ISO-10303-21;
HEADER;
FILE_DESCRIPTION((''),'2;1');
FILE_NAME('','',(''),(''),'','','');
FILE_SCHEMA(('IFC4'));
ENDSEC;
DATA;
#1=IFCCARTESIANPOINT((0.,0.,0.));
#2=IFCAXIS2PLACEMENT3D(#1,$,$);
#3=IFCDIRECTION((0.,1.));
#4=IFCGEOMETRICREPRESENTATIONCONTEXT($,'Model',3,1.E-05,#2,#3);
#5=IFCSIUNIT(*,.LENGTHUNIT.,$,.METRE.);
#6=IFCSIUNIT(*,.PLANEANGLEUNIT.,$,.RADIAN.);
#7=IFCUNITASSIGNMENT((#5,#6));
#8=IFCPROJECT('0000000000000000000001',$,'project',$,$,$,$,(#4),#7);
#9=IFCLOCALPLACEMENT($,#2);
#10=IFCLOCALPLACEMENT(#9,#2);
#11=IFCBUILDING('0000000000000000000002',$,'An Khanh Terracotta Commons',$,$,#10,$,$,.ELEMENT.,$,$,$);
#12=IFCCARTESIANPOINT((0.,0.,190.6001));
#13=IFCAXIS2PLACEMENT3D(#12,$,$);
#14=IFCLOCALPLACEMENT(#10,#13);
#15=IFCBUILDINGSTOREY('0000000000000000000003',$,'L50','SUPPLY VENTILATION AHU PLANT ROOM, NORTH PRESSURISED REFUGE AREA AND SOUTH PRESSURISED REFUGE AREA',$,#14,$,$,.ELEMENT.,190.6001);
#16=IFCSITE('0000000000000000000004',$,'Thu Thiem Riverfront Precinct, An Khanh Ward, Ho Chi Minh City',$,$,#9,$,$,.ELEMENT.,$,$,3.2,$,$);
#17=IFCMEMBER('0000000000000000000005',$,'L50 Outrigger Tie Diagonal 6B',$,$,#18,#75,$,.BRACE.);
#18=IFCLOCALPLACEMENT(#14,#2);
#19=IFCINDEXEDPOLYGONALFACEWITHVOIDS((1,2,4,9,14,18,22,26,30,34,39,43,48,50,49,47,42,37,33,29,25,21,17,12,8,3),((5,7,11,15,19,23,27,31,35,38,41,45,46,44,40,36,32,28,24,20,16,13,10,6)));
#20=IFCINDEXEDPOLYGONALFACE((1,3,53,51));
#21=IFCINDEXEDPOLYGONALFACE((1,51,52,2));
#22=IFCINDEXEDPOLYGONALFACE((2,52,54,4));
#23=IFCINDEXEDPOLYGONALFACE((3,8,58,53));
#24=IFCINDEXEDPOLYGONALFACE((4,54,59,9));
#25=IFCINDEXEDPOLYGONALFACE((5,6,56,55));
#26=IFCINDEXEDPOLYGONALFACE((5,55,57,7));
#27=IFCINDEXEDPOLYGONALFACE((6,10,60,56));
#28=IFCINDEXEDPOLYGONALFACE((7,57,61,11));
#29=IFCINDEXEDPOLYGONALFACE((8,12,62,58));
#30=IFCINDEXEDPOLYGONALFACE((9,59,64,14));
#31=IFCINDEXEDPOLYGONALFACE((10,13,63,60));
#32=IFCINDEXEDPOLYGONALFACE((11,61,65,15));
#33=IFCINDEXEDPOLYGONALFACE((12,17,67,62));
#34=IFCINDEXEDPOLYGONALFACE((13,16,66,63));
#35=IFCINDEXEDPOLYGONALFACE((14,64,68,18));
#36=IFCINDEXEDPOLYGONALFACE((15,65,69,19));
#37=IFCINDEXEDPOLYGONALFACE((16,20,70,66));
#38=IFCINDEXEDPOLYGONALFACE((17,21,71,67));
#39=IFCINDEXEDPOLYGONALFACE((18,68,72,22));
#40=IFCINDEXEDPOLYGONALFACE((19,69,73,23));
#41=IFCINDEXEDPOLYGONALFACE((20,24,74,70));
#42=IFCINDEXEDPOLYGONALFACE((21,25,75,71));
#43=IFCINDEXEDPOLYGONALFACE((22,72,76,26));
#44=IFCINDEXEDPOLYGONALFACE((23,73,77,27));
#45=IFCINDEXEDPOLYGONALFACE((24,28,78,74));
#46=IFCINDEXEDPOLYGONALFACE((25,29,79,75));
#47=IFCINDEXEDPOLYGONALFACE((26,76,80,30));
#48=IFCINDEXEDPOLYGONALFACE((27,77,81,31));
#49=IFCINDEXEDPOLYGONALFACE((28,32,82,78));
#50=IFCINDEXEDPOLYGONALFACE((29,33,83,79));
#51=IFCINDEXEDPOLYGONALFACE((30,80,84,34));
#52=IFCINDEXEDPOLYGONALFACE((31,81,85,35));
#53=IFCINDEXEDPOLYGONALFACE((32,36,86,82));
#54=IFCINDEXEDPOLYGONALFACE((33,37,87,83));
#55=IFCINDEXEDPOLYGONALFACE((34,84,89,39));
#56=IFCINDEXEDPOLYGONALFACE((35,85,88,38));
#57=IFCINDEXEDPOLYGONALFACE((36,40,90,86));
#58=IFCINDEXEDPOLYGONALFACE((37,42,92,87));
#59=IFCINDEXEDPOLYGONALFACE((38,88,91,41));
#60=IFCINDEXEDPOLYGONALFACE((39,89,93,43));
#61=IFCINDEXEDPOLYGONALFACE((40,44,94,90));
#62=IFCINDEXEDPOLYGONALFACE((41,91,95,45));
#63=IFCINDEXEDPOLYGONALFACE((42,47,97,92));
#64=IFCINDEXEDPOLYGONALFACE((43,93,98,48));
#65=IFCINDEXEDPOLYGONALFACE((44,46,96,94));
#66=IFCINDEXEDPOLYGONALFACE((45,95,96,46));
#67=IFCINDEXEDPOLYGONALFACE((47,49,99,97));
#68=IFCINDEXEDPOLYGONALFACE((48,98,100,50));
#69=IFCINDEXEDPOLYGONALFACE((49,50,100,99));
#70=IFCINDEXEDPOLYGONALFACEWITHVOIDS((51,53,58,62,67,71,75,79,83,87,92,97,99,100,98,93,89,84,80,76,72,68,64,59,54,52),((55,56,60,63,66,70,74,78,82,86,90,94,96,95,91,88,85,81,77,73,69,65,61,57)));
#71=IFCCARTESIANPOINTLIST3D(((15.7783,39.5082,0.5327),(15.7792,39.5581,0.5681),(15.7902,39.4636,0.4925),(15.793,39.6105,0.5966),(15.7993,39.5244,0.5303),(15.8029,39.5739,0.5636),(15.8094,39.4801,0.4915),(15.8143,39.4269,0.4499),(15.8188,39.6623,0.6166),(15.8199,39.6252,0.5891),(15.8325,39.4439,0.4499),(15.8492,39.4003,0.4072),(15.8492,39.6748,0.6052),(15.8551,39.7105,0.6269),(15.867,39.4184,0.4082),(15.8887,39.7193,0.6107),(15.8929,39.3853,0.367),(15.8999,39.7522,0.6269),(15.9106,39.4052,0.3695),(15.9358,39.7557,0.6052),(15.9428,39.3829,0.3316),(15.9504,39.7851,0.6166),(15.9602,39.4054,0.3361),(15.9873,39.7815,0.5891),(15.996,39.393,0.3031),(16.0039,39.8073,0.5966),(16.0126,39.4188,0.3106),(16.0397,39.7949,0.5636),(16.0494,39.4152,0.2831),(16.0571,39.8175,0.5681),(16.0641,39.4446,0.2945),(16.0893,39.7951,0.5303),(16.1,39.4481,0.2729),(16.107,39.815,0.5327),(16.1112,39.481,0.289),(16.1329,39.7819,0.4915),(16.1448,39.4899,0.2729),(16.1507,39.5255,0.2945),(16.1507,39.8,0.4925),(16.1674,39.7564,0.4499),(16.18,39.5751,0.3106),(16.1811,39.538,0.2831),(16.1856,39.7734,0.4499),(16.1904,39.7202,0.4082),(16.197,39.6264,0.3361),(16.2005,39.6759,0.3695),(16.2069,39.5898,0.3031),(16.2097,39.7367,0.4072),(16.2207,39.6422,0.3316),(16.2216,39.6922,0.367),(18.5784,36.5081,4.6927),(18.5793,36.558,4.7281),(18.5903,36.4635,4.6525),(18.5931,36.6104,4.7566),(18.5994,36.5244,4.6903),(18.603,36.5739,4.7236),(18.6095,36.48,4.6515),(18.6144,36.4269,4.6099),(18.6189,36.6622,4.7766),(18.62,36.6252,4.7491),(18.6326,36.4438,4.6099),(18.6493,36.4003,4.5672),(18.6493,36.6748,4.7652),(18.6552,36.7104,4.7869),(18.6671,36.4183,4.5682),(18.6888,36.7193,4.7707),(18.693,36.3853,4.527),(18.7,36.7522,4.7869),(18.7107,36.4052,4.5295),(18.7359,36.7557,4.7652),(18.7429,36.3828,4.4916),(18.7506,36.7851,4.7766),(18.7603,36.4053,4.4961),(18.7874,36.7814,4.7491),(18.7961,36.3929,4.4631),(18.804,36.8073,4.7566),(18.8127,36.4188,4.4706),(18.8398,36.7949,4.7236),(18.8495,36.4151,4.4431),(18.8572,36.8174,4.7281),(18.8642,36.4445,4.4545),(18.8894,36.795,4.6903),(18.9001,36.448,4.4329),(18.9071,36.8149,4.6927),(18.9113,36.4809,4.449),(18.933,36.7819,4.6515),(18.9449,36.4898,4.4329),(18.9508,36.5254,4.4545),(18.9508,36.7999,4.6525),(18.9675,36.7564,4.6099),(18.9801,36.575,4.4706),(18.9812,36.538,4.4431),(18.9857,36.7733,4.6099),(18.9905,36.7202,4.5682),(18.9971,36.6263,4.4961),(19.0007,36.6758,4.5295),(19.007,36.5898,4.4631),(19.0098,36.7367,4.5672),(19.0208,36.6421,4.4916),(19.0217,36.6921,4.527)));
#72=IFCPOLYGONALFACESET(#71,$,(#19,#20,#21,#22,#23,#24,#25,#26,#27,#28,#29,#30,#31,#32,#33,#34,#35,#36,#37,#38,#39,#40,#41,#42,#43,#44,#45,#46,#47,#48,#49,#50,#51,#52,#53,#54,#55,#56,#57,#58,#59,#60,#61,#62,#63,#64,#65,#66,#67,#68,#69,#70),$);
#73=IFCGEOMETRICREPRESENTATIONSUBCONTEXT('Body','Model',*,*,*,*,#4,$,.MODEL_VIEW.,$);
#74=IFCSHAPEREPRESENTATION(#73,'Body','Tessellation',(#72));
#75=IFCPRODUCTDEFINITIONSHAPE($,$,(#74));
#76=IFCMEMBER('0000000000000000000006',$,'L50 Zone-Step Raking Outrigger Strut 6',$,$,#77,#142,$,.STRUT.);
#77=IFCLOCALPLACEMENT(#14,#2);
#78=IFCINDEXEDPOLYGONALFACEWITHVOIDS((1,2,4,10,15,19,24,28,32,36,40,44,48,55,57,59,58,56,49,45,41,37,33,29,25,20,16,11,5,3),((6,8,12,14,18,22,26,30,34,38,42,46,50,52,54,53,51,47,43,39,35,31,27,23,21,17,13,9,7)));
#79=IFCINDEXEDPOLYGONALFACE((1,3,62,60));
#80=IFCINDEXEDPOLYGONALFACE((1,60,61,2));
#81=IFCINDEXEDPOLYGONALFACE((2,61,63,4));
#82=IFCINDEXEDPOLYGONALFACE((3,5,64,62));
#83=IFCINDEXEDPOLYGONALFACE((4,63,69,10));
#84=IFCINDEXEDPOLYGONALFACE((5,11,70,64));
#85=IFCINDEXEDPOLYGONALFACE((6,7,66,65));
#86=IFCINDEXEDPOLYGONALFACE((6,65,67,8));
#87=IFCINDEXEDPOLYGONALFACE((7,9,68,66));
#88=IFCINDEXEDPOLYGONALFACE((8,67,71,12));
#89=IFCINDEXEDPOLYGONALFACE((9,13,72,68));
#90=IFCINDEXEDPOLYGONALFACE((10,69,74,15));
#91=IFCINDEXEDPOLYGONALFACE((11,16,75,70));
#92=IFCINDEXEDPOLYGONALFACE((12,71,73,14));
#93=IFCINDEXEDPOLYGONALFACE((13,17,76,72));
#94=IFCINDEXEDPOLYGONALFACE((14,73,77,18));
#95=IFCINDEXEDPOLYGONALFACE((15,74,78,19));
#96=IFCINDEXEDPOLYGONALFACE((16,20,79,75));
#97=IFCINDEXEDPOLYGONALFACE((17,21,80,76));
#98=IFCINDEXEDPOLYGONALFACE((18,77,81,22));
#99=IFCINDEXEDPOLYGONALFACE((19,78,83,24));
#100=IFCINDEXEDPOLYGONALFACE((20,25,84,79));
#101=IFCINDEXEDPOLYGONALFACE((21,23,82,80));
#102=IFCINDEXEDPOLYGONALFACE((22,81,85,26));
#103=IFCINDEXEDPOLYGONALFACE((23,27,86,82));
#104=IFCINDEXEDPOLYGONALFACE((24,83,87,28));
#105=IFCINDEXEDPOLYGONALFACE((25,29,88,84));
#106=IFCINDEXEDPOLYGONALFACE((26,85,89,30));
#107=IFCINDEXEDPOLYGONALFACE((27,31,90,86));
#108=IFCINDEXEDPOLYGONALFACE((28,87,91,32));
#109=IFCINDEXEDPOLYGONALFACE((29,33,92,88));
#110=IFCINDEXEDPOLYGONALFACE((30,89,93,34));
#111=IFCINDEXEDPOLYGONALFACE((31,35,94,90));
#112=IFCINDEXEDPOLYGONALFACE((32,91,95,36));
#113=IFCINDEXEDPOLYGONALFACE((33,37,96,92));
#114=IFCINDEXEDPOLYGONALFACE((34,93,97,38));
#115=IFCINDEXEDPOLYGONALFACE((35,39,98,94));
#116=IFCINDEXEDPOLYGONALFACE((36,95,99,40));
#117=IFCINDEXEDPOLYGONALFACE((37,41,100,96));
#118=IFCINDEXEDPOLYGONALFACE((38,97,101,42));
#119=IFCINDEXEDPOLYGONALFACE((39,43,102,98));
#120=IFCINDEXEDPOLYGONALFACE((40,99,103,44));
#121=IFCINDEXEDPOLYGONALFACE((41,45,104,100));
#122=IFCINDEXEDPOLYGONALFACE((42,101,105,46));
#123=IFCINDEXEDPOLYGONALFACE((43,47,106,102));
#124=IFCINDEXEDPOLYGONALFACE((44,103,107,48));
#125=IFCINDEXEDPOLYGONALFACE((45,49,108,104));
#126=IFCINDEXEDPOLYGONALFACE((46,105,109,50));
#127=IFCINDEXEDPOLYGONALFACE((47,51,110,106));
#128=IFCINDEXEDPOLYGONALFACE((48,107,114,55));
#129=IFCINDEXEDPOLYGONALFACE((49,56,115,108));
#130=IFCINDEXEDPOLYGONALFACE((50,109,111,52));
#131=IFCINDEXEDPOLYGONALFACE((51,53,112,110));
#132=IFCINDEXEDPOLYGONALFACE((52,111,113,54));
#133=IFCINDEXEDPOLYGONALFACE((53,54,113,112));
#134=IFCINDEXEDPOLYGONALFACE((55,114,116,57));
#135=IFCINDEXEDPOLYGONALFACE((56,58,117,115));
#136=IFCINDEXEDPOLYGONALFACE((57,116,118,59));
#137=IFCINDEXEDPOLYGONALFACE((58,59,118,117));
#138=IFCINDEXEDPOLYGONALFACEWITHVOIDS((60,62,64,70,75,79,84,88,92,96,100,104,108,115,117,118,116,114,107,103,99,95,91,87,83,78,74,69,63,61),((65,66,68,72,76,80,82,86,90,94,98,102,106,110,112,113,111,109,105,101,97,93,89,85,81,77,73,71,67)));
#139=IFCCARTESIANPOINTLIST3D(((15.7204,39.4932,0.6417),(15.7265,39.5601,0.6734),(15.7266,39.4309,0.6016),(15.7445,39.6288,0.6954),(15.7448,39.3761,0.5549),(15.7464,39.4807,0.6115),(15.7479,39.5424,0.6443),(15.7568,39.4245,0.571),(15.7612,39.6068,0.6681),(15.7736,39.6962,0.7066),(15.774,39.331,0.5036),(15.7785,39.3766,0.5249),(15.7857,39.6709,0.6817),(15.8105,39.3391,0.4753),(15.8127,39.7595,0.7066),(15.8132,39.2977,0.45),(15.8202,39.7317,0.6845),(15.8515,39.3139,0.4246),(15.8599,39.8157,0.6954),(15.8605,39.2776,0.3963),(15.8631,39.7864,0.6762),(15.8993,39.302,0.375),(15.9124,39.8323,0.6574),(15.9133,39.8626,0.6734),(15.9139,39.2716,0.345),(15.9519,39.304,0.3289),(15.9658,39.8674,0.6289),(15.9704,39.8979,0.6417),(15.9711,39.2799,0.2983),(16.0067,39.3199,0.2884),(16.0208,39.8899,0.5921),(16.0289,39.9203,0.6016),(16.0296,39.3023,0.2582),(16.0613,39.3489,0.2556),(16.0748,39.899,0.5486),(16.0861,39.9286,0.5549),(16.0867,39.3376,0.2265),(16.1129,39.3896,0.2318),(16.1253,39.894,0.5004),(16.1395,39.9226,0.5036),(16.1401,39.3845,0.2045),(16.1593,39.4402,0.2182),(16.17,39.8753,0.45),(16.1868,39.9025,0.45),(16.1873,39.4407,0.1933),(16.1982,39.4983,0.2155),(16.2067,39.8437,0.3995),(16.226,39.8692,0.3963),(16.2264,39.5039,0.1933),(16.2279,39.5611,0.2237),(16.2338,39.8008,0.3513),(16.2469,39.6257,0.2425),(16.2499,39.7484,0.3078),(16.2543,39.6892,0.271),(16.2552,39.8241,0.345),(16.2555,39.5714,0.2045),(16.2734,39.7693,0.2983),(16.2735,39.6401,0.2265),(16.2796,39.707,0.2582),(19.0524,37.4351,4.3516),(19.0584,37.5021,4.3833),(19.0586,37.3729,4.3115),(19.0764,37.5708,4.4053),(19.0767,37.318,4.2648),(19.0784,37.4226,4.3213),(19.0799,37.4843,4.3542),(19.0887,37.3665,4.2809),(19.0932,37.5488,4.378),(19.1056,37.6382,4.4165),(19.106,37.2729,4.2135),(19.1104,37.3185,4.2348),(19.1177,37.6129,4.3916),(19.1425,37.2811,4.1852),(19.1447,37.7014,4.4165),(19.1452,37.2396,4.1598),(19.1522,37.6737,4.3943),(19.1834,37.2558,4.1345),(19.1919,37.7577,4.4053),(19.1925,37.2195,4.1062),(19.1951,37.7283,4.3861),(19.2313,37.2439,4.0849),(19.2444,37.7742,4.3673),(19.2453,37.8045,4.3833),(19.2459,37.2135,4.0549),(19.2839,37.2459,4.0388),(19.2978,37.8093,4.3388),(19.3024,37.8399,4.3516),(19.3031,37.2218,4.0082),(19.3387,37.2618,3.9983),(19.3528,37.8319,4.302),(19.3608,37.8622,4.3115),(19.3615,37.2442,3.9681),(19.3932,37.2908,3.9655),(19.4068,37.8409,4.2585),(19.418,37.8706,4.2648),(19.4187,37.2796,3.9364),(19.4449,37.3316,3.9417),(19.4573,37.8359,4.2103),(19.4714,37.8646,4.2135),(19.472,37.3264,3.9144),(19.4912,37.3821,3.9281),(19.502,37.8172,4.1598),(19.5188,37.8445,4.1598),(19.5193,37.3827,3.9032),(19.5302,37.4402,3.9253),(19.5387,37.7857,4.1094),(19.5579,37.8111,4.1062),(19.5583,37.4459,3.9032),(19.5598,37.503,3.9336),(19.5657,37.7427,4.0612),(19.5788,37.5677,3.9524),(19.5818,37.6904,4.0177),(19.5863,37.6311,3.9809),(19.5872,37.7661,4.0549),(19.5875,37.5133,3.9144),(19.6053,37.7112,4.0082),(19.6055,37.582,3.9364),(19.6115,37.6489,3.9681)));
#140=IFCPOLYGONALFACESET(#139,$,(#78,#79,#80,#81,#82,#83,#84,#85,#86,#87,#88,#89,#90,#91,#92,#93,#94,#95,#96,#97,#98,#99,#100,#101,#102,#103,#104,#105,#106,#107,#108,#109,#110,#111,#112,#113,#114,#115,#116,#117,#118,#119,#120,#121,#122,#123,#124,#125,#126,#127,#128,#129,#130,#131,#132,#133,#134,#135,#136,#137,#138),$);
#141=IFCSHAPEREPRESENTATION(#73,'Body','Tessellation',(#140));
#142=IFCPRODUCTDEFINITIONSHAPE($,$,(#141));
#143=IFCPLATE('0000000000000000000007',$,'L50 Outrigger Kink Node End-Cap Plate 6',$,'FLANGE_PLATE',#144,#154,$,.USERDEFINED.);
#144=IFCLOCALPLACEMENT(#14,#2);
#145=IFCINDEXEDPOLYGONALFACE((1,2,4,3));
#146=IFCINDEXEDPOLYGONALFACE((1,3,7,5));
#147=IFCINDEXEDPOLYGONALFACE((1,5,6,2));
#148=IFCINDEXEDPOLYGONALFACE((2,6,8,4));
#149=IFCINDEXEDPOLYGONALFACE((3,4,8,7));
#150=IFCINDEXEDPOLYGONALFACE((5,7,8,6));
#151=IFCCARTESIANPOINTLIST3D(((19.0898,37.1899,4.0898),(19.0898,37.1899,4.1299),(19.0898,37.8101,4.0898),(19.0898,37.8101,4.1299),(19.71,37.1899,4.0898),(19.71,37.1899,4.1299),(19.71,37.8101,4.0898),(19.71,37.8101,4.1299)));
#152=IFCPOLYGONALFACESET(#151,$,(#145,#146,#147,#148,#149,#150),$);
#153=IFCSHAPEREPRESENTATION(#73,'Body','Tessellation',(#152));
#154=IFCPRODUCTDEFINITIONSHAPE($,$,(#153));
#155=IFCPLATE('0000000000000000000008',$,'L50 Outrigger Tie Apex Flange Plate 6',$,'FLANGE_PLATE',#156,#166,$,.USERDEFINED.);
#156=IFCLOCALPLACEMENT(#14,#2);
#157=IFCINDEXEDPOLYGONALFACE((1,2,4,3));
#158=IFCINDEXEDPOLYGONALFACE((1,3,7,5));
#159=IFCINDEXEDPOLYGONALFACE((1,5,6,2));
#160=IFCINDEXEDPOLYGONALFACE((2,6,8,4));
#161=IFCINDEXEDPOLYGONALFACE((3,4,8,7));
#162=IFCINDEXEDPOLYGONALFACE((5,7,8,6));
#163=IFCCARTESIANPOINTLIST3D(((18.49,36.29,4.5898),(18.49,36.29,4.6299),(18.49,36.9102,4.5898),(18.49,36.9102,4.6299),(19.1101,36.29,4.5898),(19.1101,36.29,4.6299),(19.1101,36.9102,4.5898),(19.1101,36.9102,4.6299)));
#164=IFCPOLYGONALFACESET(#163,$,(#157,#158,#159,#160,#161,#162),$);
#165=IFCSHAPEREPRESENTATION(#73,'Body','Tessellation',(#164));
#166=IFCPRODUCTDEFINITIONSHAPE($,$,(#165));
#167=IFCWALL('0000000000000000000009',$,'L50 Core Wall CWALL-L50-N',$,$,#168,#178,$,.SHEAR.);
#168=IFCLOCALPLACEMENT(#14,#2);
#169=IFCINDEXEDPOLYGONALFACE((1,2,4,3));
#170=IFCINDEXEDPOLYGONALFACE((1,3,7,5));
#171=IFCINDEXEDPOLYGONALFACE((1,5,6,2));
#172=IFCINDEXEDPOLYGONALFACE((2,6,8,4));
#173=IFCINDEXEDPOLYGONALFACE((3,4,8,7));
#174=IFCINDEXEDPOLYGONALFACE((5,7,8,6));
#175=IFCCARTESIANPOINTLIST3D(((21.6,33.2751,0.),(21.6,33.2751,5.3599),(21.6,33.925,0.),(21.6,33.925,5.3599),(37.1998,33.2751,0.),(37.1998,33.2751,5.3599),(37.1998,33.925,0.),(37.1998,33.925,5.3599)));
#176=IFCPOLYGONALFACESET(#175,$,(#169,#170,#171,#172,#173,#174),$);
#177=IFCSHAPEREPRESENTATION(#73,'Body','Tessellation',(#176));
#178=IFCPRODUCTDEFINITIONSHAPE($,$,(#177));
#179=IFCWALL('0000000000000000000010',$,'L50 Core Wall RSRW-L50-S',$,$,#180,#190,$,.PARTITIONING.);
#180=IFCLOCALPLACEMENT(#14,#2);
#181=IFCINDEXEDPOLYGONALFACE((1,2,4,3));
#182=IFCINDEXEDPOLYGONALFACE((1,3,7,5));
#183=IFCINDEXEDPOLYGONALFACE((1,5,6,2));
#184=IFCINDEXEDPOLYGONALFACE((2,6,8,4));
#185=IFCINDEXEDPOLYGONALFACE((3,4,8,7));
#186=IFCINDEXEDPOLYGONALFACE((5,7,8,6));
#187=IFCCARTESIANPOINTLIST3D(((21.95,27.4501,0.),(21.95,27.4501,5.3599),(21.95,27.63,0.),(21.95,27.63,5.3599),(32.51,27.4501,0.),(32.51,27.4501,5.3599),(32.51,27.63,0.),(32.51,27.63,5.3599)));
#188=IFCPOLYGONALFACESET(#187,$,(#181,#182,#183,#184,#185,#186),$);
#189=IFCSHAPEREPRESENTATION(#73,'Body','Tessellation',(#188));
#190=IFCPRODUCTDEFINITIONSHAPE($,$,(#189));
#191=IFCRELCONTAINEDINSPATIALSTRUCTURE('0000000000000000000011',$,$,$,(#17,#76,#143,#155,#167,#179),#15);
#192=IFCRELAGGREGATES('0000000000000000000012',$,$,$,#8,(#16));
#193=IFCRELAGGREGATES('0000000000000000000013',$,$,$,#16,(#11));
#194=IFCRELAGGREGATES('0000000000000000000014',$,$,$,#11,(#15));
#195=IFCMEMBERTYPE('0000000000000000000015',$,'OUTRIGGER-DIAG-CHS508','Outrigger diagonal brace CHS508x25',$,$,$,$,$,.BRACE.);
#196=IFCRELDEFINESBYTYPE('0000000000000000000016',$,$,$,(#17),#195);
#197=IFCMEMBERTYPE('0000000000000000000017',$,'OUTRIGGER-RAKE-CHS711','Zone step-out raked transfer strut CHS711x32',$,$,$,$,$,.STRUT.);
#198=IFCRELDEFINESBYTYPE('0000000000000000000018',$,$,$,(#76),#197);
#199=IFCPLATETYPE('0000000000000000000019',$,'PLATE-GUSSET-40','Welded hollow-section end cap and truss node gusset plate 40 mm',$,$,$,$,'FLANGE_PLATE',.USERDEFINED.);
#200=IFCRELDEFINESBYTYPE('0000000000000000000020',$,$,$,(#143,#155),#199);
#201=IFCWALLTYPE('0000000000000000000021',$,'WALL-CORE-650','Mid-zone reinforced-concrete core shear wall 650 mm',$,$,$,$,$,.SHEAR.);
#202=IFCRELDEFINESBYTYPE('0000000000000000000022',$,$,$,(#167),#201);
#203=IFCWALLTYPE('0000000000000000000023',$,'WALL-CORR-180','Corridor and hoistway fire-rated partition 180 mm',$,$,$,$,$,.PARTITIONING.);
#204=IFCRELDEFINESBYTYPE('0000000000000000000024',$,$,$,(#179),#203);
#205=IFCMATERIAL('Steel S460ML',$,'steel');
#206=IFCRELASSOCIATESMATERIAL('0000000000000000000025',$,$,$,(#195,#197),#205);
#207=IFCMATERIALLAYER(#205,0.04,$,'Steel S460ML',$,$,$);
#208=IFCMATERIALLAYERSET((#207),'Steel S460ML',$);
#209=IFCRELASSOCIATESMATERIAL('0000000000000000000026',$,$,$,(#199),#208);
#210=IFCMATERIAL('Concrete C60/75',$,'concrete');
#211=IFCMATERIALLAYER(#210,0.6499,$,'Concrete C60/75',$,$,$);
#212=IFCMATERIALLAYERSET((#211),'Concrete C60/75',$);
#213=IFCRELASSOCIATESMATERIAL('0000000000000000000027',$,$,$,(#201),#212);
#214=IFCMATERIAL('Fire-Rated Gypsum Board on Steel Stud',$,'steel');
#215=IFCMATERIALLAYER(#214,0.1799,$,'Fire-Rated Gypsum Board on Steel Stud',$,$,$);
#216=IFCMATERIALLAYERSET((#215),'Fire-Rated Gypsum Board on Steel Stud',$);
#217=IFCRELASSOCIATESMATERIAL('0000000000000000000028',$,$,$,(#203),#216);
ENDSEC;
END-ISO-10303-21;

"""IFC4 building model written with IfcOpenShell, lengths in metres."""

from ifc_helpers import new_model, si_unit, direction, frame, frame_2d, origin, origin_2d, place, context, subcontext, project, spatial, rectangle, hollow_circle, extrude, material, layer, layer_set, material_profile, profile_set, type_object, element, save


model = new_model("IFC4")

# Units and contexts
model_context = context("Model", 3, precision=1e-05, world=origin(), true_north=direction((0.0, 1.0)))
body_context = subcontext(model_context, "Body", "Model", "MODEL_VIEW")
ifc_project = project(units=[si_unit("LENGTHUNIT", "METRE"), si_unit("PLANEANGLEUNIT", "RADIAN")], contexts=[model_context])

# Site, building, storey
site_placement = place(None, origin())
site = spatial("IfcSite", under=ifc_project, at=site_placement, Name="Thu Thiem Riverfront Precinct, An Khanh Ward, Ho Chi Minh City", CompositionType="ELEMENT", RefElevation=3.2)
building_placement = place(site_placement, origin())
building = spatial("IfcBuilding", under=site, at=building_placement, Name="An Khanh Terracotta Commons", CompositionType="ELEMENT")
storey_placement = place(building_placement, frame((0.0, 0.0, 190.6001)))
storey = spatial("IfcBuildingStorey", under=building, at=storey_placement, Name="L50", Description="SUPPLY VENTILATION AHU PLANT ROOM, NORTH PRESSURISED REFUGE AREA AND SOUTH PRESSURISED REFUGE AREA", CompositionType="ELEMENT", Elevation=190.6001)

# Shared definitions
ifc_material_1 = material(Name="Concrete C60/75", Category="concrete")

# Shared definitions
ifc_material_2 = material(Name="Steel S460ML", Category="steel")

# Members
ifc_material_profile_1 = material_profile(ifc_material_2, hollow_circle(Radius=0.2539, WallThickness=0.0249, at=origin_2d()), Name="CHS508x25")
ifc_profile_set_1 = profile_set([ifc_material_profile_1], Name="Steel S460ML")
member_type_1 = type_object("IfcMemberType", Name="OUTRIGGER-DIAG-CHS508", Description="Outrigger diagonal brace CHS508x25", PredefinedType="BRACE", material=ifc_profile_set_1)
for number, where, z_axis, x_axis, name in (
    (1, (18.8, 36.6001, 4.6099), (-0.479183, 0.513401, -0.711901), (-0.731049, -0.682325, 0.0), "L50 Outrigger Tie Diagonal 6B"),
):
    element("IfcMember", number, at=place(storey_placement, frame(where, z_axis=z_axis, x_axis=x_axis)), inside=storey, type_object=member_type_1, Name=name, PredefinedType="BRACE", context=body_context, shape_type="SweptSolid", body=[
        extrude(hollow_circle(Radius=0.2539, WallThickness=0.0249, at=origin_2d()), origin(), (0.0, 0.0, 1.0), 5.8435),
    ])
ifc_material_profile_2 = material_profile(ifc_material_2, hollow_circle(Radius=0.3555, WallThickness=0.032, at=origin_2d()), Name="CHS711x32")
ifc_profile_set_2 = profile_set([ifc_material_profile_2], Name="Steel S460ML")
member_type_2 = type_object("IfcMemberType", Name="OUTRIGGER-RAKE-CHS711", Description="Zone step-out raked transfer strut CHS711x32", PredefinedType="STRUT", material=ifc_profile_set_2)
member_1_placement = place(storey_placement, frame((16.0, 39.6001, 0.45), z_axis=(0.617657, -0.38151, 0.687714), x_axis=(0.525509, 0.850788, 0.0)))
element("IfcMember", 2, at=member_1_placement, inside=storey, type_object=member_type_2, Name="L50 Zone-Step Raking Outrigger Strut 6", PredefinedType="STRUT", context=body_context, shape_type="SweptSolid", body=[
    extrude(hollow_circle(Radius=0.3555, WallThickness=0.032, at=origin_2d()), origin(), (0.0, 0.0, 1.0), 5.3945),
])

# Plates
ifc_layer_1 = layer(ifc_material_2, 0.04, Name="Steel S460ML")
ifc_layer_set_1 = layer_set([ifc_layer_1], Name="Steel S460ML")
plate_type = type_object("IfcPlateType", Name="PLATE-GUSSET-40", Description="Welded hollow-section end cap and truss node gusset plate 40 mm", ElementType="FLANGE_PLATE", PredefinedType="USERDEFINED", material=ifc_layer_set_1)
for number, where, z_axis, x_axis, name in (
    (3, (19.3999, 37.5, 4.0898), (0.0, 0.0, 1.0), (1.0, 0.0, 0.0), "L50 Outrigger Kink Node End-Cap Plate 6"),
    (4, (18.8, 36.6001, 4.5898), (0.0, 0.0, 1.0), (1.0, 0.0, 0.0), "L50 Outrigger Tie Apex Flange Plate 6"),
):
    element("IfcPlate", number, at=place(storey_placement, frame(where, z_axis=z_axis, x_axis=x_axis)), inside=storey, type_object=plate_type, Name=name, ObjectType="FLANGE_PLATE", PredefinedType="USERDEFINED", context=body_context, shape_type="SweptSolid", body=[
        extrude(rectangle(XDim=0.6201, YDim=0.6201, at=origin_2d()), origin(), (0.0, 0.0, 1.0), 0.04),
    ])

# Walls
ifc_layer_2 = layer(ifc_material_1, 0.6499, Name="Concrete C60/75")
ifc_layer_set_2 = layer_set([ifc_layer_2], Name="Concrete C60/75")
wall_type_1 = type_object("IfcWallType", Name="WALL-CORE-650", Description="Mid-zone reinforced-concrete core shear wall 650 mm", PredefinedType="SHEAR", material=ifc_layer_set_2)
wall_1_placement = place(storey_placement, frame((21.6001, 33.6001, 0.0), z_axis=(0.0, 0.0, 1.0), x_axis=(1.0, 0.0, 0.0)))
element("IfcWall", 5, at=wall_1_placement, inside=storey, type_object=wall_type_1, Name="L50 Core Wall CWALL-L50-N", PredefinedType="SHEAR", context=body_context, shape_type="SweptSolid", body=[
    extrude(rectangle(XDim=15.5999, YDim=0.6499, at=frame_2d((7.7998, 0.0))), origin(), (0.0, 0.0, 1.0), 5.3599),
])
ifc_material_3 = material(Name="Fire-Rated Gypsum Board on Steel Stud", Category="steel")
ifc_layer_3 = layer(ifc_material_3, 0.1799, Name="Fire-Rated Gypsum Board on Steel Stud")
ifc_layer_set_3 = layer_set([ifc_layer_3], Name="Fire-Rated Gypsum Board on Steel Stud")
wall_type_2 = type_object("IfcWallType", Name="WALL-CORR-180", Description="Corridor and hoistway fire-rated partition 180 mm", PredefinedType="PARTITIONING", material=ifc_layer_set_3)
wall_2_placement = place(storey_placement, frame((21.95, 27.54, 0.0), z_axis=(0.0, 0.0, 1.0), x_axis=(1.0, 0.0, 0.0)))
element("IfcWall", 6, at=wall_2_placement, inside=storey, type_object=wall_type_2, Name="L50 Core Wall RSRW-L50-S", PredefinedType="PARTITIONING", context=body_context, shape_type="SweptSolid", body=[
    extrude(rectangle(XDim=10.5601, YDim=0.1799, at=frame_2d((5.28, 0.0))), origin(), (0.0, 0.0, 1.0), 5.3599),
])

save(model, "model.ifc")
